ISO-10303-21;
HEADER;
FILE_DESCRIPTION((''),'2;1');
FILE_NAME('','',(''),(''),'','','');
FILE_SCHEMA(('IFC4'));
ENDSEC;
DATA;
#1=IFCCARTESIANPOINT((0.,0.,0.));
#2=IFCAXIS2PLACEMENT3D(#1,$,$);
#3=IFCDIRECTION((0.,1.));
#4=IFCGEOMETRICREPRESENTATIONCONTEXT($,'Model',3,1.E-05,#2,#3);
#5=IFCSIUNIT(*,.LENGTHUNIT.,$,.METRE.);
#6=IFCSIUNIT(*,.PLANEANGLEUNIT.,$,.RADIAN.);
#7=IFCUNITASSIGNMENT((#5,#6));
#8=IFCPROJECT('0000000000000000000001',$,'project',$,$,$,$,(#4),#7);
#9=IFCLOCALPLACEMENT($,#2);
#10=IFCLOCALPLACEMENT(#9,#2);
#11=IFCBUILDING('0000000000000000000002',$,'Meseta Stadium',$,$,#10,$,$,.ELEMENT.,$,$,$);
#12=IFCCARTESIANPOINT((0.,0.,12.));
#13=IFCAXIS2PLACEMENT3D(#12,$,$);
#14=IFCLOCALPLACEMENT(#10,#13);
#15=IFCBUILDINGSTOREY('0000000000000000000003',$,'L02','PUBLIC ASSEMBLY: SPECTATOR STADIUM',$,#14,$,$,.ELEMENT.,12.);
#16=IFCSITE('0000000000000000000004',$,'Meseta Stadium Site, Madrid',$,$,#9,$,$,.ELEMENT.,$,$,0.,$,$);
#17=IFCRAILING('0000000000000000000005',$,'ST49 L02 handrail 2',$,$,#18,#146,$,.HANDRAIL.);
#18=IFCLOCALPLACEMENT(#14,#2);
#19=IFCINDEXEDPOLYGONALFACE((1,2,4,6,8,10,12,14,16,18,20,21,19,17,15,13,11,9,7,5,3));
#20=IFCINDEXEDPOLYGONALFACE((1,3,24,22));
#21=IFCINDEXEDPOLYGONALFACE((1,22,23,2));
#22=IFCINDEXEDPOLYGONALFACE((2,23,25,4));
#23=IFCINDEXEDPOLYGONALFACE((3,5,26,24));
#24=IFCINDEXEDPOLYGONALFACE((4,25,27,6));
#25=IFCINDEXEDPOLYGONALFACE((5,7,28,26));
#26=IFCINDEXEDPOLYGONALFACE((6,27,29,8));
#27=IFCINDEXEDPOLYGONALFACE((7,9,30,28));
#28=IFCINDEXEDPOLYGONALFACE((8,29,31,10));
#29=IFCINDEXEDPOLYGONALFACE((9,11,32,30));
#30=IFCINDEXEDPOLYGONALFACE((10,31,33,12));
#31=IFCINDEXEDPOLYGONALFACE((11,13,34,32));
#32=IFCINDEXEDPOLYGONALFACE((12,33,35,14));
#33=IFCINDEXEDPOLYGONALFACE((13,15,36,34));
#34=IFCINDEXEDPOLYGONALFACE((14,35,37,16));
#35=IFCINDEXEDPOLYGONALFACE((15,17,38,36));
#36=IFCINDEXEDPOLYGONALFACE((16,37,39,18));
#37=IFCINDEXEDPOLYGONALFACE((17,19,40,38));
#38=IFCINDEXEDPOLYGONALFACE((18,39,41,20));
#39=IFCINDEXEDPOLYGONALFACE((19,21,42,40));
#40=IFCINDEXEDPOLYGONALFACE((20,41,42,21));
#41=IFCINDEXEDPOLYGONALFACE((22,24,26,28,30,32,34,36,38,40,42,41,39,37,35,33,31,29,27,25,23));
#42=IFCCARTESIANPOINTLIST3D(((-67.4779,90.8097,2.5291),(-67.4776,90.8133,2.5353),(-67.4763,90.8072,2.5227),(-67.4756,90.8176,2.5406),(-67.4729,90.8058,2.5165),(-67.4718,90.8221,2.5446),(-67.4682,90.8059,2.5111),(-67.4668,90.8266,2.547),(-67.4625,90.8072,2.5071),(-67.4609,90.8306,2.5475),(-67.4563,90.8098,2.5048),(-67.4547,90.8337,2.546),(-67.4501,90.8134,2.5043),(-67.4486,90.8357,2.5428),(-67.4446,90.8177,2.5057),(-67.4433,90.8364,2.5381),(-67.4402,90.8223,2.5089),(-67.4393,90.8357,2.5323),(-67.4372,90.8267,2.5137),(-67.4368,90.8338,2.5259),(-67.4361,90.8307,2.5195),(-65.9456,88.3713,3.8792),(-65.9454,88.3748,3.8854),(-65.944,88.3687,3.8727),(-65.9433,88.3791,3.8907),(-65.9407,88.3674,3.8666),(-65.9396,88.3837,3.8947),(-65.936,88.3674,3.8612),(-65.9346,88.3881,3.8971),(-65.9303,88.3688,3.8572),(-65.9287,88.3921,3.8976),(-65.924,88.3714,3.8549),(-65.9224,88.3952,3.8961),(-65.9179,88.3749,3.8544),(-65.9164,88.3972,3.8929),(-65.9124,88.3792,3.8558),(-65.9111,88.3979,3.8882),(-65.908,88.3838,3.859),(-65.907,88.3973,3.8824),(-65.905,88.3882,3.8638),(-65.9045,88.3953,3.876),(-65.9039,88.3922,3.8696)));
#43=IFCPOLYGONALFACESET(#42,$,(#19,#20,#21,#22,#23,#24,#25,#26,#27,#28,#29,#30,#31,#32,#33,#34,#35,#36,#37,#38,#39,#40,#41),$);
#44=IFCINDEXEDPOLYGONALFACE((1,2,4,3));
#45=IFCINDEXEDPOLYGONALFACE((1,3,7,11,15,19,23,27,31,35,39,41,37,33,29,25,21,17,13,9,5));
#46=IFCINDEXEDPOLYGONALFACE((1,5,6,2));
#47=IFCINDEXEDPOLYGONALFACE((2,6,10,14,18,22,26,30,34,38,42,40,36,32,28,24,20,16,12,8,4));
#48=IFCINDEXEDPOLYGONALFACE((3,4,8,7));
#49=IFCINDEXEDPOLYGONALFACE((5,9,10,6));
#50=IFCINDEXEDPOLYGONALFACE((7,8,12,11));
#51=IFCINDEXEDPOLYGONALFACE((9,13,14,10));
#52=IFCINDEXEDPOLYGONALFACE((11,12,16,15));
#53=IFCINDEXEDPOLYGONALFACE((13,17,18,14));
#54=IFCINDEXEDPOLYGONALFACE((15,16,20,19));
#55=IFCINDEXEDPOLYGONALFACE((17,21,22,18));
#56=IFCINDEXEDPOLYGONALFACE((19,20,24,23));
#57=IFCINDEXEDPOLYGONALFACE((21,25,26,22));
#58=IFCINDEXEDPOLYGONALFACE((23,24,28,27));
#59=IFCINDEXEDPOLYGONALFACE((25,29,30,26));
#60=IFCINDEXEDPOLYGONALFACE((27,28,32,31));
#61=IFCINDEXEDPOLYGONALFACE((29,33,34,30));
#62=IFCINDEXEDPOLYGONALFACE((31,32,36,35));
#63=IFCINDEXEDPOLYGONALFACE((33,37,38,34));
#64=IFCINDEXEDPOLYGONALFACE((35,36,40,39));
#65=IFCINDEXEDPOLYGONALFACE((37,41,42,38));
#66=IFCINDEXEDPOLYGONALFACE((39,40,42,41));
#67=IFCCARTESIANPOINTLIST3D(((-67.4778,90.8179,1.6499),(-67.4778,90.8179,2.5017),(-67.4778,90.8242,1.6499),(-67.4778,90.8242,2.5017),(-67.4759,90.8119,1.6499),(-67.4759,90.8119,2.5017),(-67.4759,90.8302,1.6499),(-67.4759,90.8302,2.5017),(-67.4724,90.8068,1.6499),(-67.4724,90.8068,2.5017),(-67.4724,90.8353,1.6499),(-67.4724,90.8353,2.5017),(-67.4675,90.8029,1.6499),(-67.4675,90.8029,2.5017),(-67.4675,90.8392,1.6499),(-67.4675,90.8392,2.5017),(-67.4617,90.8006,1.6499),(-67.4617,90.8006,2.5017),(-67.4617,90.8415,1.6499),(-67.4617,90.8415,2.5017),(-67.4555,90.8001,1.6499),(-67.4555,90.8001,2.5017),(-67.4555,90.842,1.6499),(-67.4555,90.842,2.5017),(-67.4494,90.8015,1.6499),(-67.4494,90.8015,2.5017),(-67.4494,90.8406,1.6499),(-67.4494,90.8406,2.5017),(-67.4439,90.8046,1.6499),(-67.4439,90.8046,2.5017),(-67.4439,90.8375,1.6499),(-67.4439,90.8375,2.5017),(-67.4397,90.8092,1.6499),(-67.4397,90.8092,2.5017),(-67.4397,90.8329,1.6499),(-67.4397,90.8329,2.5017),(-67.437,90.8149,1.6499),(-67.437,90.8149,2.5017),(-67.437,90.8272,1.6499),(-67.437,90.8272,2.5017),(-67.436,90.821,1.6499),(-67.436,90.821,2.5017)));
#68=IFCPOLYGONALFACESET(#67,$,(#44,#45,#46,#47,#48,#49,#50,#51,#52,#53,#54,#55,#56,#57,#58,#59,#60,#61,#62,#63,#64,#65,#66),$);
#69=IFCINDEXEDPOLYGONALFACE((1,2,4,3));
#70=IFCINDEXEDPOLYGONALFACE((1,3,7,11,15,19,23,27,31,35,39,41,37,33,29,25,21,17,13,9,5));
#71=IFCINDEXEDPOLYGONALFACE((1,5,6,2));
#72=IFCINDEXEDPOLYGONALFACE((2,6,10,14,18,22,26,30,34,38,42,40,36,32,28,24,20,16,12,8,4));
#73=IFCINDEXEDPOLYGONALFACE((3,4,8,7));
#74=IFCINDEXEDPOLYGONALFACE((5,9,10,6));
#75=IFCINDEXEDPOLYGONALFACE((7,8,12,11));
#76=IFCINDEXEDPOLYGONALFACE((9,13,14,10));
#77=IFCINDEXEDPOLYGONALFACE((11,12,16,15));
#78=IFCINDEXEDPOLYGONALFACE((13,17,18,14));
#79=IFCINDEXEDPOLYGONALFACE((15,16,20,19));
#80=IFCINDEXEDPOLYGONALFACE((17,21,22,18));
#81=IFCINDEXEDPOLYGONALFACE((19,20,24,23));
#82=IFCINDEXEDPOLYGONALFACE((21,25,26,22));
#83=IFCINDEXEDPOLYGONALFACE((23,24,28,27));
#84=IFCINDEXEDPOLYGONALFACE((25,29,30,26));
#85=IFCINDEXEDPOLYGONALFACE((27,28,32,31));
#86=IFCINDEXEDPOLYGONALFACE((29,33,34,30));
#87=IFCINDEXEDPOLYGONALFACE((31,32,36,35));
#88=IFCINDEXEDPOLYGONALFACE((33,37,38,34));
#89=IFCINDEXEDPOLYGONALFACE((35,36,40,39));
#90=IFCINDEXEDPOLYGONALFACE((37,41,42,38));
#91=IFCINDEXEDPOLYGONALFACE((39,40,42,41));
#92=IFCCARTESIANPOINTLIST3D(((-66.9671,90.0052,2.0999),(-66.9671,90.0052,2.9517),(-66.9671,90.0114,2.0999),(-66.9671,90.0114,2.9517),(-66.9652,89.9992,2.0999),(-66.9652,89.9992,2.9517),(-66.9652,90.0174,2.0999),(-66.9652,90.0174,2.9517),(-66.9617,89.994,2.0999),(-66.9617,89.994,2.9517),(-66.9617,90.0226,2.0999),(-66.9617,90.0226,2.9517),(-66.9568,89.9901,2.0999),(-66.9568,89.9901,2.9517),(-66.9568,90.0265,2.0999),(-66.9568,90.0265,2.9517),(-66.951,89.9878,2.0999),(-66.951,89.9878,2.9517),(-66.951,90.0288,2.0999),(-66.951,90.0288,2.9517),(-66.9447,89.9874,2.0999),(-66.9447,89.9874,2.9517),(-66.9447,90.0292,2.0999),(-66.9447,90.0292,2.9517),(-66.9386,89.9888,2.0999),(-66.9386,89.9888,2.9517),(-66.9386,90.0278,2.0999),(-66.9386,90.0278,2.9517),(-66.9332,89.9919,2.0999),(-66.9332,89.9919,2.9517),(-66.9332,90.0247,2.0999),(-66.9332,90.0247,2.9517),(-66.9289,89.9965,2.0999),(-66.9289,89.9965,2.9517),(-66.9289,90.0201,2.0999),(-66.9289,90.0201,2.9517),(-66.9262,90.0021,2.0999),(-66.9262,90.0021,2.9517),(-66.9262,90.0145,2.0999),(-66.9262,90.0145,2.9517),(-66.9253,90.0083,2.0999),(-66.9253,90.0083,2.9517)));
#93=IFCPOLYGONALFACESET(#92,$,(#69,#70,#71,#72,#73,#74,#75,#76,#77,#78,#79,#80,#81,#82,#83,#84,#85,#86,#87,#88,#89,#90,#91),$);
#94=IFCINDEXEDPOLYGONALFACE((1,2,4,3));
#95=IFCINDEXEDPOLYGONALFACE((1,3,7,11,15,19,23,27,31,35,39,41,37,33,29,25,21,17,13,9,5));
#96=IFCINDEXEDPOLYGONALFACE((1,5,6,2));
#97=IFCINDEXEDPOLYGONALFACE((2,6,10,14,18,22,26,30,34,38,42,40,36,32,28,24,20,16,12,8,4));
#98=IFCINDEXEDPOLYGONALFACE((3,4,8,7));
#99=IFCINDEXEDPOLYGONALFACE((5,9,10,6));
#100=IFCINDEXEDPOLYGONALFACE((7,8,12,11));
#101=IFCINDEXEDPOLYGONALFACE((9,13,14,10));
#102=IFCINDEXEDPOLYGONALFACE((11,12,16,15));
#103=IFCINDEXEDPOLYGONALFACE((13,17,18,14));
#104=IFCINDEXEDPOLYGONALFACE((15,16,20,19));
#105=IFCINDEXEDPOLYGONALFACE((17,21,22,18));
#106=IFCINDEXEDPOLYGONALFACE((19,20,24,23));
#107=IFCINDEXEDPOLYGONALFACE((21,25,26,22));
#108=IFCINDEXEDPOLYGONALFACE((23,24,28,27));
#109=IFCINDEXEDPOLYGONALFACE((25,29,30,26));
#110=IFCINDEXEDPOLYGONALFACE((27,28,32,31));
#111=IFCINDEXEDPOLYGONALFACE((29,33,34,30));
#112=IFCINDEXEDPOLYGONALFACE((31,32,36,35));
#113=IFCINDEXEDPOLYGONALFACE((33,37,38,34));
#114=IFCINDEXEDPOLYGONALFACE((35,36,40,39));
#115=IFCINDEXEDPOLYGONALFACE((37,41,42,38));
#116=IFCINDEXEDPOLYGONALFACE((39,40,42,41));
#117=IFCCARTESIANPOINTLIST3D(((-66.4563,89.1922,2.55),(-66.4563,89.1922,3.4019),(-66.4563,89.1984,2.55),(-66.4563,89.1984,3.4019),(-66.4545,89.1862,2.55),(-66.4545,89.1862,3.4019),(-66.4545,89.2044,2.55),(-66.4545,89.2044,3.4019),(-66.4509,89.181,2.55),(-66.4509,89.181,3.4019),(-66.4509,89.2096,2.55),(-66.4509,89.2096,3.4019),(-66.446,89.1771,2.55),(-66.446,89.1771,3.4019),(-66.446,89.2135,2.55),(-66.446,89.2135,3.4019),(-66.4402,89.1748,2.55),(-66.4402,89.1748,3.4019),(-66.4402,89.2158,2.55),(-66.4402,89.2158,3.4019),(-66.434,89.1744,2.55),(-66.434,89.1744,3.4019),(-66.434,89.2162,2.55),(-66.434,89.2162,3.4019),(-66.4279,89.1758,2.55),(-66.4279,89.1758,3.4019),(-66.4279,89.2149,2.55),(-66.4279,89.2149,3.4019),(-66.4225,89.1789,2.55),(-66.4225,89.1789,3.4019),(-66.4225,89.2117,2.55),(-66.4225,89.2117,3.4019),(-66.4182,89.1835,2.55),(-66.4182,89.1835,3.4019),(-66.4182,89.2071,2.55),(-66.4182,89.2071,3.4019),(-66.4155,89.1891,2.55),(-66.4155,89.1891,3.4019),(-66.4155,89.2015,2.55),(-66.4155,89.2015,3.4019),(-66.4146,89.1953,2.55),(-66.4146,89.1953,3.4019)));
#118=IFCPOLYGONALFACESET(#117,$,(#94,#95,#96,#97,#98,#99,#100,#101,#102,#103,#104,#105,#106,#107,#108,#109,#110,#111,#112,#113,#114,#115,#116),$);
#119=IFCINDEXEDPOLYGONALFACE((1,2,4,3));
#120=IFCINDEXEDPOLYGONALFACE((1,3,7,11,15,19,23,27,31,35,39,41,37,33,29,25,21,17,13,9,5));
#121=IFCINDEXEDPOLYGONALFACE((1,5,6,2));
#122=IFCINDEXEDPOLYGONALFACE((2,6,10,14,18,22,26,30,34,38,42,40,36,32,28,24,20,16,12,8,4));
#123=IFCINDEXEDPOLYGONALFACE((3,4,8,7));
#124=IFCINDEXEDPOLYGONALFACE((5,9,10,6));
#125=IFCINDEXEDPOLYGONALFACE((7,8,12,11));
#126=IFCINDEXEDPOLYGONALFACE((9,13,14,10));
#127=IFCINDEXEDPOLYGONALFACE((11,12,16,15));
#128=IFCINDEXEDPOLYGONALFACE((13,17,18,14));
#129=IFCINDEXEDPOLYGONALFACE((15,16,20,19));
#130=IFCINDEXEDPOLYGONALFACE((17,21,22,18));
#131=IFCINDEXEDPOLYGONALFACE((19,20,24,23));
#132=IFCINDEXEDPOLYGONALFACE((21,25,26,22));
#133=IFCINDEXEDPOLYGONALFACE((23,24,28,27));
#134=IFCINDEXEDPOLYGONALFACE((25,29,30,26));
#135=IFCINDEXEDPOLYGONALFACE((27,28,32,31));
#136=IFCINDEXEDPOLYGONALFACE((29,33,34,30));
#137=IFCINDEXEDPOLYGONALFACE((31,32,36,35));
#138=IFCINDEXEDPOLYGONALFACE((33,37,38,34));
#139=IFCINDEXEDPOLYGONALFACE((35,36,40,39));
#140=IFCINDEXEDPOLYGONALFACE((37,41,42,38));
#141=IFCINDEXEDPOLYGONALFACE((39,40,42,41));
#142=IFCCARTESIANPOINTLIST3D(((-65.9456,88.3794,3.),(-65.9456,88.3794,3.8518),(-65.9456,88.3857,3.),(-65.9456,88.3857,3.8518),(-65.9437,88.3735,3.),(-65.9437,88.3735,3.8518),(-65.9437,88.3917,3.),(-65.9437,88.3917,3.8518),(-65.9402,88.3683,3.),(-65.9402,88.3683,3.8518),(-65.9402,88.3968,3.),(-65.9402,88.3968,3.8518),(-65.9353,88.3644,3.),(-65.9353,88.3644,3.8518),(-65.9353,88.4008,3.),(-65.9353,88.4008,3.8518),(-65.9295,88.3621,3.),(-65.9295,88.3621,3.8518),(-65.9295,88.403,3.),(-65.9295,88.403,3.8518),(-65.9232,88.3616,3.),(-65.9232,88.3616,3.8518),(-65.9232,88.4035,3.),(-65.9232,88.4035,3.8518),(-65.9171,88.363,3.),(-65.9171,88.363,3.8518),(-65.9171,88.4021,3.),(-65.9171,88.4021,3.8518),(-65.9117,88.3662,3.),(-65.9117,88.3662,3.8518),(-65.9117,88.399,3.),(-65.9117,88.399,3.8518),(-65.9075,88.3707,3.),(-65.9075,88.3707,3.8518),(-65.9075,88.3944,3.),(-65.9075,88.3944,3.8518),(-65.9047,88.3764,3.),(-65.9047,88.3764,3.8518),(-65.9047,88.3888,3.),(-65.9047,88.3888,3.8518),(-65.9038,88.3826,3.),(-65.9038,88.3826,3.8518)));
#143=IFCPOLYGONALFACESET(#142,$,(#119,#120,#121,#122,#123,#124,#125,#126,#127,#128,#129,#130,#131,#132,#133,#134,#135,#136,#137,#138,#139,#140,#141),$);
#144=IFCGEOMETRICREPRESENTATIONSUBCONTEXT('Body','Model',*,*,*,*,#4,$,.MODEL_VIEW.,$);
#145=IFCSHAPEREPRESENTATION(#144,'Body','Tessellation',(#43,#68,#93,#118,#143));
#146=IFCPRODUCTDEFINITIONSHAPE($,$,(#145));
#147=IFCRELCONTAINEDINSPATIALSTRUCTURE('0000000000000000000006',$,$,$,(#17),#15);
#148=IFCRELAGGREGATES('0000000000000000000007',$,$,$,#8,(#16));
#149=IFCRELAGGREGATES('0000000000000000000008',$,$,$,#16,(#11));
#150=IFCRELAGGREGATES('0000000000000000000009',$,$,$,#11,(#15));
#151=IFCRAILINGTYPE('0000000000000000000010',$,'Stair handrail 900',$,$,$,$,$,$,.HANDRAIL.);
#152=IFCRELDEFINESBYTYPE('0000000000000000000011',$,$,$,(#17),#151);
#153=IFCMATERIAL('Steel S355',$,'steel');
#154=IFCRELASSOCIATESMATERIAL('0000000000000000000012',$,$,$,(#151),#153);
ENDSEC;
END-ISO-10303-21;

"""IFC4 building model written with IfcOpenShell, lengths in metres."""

from ifc_helpers import new_model, si_unit, direction, frame, origin, origin_2d, place, context, subcontext, project, spatial, circle, extrude, material, type_object, element, save


model = new_model("IFC4")

# Units and contexts
model_context = context("Model", 3, precision=1e-05, world=origin(), true_north=direction((0.0, 1.0)))
body_context = subcontext(model_context, "Body", "Model", "MODEL_VIEW")
ifc_project = project(units=[si_unit("LENGTHUNIT", "METRE"), si_unit("PLANEANGLEUNIT", "RADIAN")], contexts=[model_context])

# Site, building, storey
site_placement = place(None, origin())
site = spatial("IfcSite", under=ifc_project, at=site_placement, Name="Meseta Stadium Site, Madrid", CompositionType="ELEMENT", RefElevation=0.0)
building_placement = place(site_placement, origin())
building = spatial("IfcBuilding", under=site, at=building_placement, Name="Meseta Stadium", CompositionType="ELEMENT")
storey_placement = place(building_placement, frame((0.0, 0.0, 12.0)))
storey = spatial("IfcBuildingStorey", under=building, at=storey_placement, Name="L02", Description="PUBLIC ASSEMBLY: SPECTATOR STADIUM", CompositionType="ELEMENT", Elevation=12.0)

# Railing
ifc_material_1 = material(Name="Steel S355", Category="steel")
railing_type_1 = type_object("IfcRailingType", Name="Stair handrail 900", PredefinedType="HANDRAIL", material=ifc_material_1)
railing_1_placement = place(storey_placement, frame((-67.457, 90.821, 1.6499)))
element("IfcRailing", 1, at=railing_1_placement, inside=storey, type_object=railing_type_1, Name="ST49 L02 handrail 2", PredefinedType="HANDRAIL", context=body_context, shape_type="SweptSolid", body=[
    extrude(circle(Radius=0.0239, at=origin_2d()), frame((0.0, 0.0, 0.876), z_axis=(0.481731, -0.766655, 0.42447), x_axis=(0.846719, 0.53204, 0.0)), (0.0, 0.0, 1.0), 3.1807),
    extrude(circle(Radius=0.021, at=origin_2d()), origin(), (0.0, 0.0, 1.0), 0.8518),
    extrude(circle(Radius=0.021, at=origin_2d()), frame((0.5107, -0.8127, 0.45)), (0.0, 0.0, 1.0), 0.8518),
    extrude(circle(Radius=0.021, at=origin_2d()), frame((1.0215, -1.6257, 0.9001)), (0.0, 0.0, 1.0), 0.8518),
    extrude(circle(Radius=0.021, at=origin_2d()), frame((1.5322, -2.4385, 1.3501)), (0.0, 0.0, 1.0), 0.8518),
])

save(model, "model.ifc")
